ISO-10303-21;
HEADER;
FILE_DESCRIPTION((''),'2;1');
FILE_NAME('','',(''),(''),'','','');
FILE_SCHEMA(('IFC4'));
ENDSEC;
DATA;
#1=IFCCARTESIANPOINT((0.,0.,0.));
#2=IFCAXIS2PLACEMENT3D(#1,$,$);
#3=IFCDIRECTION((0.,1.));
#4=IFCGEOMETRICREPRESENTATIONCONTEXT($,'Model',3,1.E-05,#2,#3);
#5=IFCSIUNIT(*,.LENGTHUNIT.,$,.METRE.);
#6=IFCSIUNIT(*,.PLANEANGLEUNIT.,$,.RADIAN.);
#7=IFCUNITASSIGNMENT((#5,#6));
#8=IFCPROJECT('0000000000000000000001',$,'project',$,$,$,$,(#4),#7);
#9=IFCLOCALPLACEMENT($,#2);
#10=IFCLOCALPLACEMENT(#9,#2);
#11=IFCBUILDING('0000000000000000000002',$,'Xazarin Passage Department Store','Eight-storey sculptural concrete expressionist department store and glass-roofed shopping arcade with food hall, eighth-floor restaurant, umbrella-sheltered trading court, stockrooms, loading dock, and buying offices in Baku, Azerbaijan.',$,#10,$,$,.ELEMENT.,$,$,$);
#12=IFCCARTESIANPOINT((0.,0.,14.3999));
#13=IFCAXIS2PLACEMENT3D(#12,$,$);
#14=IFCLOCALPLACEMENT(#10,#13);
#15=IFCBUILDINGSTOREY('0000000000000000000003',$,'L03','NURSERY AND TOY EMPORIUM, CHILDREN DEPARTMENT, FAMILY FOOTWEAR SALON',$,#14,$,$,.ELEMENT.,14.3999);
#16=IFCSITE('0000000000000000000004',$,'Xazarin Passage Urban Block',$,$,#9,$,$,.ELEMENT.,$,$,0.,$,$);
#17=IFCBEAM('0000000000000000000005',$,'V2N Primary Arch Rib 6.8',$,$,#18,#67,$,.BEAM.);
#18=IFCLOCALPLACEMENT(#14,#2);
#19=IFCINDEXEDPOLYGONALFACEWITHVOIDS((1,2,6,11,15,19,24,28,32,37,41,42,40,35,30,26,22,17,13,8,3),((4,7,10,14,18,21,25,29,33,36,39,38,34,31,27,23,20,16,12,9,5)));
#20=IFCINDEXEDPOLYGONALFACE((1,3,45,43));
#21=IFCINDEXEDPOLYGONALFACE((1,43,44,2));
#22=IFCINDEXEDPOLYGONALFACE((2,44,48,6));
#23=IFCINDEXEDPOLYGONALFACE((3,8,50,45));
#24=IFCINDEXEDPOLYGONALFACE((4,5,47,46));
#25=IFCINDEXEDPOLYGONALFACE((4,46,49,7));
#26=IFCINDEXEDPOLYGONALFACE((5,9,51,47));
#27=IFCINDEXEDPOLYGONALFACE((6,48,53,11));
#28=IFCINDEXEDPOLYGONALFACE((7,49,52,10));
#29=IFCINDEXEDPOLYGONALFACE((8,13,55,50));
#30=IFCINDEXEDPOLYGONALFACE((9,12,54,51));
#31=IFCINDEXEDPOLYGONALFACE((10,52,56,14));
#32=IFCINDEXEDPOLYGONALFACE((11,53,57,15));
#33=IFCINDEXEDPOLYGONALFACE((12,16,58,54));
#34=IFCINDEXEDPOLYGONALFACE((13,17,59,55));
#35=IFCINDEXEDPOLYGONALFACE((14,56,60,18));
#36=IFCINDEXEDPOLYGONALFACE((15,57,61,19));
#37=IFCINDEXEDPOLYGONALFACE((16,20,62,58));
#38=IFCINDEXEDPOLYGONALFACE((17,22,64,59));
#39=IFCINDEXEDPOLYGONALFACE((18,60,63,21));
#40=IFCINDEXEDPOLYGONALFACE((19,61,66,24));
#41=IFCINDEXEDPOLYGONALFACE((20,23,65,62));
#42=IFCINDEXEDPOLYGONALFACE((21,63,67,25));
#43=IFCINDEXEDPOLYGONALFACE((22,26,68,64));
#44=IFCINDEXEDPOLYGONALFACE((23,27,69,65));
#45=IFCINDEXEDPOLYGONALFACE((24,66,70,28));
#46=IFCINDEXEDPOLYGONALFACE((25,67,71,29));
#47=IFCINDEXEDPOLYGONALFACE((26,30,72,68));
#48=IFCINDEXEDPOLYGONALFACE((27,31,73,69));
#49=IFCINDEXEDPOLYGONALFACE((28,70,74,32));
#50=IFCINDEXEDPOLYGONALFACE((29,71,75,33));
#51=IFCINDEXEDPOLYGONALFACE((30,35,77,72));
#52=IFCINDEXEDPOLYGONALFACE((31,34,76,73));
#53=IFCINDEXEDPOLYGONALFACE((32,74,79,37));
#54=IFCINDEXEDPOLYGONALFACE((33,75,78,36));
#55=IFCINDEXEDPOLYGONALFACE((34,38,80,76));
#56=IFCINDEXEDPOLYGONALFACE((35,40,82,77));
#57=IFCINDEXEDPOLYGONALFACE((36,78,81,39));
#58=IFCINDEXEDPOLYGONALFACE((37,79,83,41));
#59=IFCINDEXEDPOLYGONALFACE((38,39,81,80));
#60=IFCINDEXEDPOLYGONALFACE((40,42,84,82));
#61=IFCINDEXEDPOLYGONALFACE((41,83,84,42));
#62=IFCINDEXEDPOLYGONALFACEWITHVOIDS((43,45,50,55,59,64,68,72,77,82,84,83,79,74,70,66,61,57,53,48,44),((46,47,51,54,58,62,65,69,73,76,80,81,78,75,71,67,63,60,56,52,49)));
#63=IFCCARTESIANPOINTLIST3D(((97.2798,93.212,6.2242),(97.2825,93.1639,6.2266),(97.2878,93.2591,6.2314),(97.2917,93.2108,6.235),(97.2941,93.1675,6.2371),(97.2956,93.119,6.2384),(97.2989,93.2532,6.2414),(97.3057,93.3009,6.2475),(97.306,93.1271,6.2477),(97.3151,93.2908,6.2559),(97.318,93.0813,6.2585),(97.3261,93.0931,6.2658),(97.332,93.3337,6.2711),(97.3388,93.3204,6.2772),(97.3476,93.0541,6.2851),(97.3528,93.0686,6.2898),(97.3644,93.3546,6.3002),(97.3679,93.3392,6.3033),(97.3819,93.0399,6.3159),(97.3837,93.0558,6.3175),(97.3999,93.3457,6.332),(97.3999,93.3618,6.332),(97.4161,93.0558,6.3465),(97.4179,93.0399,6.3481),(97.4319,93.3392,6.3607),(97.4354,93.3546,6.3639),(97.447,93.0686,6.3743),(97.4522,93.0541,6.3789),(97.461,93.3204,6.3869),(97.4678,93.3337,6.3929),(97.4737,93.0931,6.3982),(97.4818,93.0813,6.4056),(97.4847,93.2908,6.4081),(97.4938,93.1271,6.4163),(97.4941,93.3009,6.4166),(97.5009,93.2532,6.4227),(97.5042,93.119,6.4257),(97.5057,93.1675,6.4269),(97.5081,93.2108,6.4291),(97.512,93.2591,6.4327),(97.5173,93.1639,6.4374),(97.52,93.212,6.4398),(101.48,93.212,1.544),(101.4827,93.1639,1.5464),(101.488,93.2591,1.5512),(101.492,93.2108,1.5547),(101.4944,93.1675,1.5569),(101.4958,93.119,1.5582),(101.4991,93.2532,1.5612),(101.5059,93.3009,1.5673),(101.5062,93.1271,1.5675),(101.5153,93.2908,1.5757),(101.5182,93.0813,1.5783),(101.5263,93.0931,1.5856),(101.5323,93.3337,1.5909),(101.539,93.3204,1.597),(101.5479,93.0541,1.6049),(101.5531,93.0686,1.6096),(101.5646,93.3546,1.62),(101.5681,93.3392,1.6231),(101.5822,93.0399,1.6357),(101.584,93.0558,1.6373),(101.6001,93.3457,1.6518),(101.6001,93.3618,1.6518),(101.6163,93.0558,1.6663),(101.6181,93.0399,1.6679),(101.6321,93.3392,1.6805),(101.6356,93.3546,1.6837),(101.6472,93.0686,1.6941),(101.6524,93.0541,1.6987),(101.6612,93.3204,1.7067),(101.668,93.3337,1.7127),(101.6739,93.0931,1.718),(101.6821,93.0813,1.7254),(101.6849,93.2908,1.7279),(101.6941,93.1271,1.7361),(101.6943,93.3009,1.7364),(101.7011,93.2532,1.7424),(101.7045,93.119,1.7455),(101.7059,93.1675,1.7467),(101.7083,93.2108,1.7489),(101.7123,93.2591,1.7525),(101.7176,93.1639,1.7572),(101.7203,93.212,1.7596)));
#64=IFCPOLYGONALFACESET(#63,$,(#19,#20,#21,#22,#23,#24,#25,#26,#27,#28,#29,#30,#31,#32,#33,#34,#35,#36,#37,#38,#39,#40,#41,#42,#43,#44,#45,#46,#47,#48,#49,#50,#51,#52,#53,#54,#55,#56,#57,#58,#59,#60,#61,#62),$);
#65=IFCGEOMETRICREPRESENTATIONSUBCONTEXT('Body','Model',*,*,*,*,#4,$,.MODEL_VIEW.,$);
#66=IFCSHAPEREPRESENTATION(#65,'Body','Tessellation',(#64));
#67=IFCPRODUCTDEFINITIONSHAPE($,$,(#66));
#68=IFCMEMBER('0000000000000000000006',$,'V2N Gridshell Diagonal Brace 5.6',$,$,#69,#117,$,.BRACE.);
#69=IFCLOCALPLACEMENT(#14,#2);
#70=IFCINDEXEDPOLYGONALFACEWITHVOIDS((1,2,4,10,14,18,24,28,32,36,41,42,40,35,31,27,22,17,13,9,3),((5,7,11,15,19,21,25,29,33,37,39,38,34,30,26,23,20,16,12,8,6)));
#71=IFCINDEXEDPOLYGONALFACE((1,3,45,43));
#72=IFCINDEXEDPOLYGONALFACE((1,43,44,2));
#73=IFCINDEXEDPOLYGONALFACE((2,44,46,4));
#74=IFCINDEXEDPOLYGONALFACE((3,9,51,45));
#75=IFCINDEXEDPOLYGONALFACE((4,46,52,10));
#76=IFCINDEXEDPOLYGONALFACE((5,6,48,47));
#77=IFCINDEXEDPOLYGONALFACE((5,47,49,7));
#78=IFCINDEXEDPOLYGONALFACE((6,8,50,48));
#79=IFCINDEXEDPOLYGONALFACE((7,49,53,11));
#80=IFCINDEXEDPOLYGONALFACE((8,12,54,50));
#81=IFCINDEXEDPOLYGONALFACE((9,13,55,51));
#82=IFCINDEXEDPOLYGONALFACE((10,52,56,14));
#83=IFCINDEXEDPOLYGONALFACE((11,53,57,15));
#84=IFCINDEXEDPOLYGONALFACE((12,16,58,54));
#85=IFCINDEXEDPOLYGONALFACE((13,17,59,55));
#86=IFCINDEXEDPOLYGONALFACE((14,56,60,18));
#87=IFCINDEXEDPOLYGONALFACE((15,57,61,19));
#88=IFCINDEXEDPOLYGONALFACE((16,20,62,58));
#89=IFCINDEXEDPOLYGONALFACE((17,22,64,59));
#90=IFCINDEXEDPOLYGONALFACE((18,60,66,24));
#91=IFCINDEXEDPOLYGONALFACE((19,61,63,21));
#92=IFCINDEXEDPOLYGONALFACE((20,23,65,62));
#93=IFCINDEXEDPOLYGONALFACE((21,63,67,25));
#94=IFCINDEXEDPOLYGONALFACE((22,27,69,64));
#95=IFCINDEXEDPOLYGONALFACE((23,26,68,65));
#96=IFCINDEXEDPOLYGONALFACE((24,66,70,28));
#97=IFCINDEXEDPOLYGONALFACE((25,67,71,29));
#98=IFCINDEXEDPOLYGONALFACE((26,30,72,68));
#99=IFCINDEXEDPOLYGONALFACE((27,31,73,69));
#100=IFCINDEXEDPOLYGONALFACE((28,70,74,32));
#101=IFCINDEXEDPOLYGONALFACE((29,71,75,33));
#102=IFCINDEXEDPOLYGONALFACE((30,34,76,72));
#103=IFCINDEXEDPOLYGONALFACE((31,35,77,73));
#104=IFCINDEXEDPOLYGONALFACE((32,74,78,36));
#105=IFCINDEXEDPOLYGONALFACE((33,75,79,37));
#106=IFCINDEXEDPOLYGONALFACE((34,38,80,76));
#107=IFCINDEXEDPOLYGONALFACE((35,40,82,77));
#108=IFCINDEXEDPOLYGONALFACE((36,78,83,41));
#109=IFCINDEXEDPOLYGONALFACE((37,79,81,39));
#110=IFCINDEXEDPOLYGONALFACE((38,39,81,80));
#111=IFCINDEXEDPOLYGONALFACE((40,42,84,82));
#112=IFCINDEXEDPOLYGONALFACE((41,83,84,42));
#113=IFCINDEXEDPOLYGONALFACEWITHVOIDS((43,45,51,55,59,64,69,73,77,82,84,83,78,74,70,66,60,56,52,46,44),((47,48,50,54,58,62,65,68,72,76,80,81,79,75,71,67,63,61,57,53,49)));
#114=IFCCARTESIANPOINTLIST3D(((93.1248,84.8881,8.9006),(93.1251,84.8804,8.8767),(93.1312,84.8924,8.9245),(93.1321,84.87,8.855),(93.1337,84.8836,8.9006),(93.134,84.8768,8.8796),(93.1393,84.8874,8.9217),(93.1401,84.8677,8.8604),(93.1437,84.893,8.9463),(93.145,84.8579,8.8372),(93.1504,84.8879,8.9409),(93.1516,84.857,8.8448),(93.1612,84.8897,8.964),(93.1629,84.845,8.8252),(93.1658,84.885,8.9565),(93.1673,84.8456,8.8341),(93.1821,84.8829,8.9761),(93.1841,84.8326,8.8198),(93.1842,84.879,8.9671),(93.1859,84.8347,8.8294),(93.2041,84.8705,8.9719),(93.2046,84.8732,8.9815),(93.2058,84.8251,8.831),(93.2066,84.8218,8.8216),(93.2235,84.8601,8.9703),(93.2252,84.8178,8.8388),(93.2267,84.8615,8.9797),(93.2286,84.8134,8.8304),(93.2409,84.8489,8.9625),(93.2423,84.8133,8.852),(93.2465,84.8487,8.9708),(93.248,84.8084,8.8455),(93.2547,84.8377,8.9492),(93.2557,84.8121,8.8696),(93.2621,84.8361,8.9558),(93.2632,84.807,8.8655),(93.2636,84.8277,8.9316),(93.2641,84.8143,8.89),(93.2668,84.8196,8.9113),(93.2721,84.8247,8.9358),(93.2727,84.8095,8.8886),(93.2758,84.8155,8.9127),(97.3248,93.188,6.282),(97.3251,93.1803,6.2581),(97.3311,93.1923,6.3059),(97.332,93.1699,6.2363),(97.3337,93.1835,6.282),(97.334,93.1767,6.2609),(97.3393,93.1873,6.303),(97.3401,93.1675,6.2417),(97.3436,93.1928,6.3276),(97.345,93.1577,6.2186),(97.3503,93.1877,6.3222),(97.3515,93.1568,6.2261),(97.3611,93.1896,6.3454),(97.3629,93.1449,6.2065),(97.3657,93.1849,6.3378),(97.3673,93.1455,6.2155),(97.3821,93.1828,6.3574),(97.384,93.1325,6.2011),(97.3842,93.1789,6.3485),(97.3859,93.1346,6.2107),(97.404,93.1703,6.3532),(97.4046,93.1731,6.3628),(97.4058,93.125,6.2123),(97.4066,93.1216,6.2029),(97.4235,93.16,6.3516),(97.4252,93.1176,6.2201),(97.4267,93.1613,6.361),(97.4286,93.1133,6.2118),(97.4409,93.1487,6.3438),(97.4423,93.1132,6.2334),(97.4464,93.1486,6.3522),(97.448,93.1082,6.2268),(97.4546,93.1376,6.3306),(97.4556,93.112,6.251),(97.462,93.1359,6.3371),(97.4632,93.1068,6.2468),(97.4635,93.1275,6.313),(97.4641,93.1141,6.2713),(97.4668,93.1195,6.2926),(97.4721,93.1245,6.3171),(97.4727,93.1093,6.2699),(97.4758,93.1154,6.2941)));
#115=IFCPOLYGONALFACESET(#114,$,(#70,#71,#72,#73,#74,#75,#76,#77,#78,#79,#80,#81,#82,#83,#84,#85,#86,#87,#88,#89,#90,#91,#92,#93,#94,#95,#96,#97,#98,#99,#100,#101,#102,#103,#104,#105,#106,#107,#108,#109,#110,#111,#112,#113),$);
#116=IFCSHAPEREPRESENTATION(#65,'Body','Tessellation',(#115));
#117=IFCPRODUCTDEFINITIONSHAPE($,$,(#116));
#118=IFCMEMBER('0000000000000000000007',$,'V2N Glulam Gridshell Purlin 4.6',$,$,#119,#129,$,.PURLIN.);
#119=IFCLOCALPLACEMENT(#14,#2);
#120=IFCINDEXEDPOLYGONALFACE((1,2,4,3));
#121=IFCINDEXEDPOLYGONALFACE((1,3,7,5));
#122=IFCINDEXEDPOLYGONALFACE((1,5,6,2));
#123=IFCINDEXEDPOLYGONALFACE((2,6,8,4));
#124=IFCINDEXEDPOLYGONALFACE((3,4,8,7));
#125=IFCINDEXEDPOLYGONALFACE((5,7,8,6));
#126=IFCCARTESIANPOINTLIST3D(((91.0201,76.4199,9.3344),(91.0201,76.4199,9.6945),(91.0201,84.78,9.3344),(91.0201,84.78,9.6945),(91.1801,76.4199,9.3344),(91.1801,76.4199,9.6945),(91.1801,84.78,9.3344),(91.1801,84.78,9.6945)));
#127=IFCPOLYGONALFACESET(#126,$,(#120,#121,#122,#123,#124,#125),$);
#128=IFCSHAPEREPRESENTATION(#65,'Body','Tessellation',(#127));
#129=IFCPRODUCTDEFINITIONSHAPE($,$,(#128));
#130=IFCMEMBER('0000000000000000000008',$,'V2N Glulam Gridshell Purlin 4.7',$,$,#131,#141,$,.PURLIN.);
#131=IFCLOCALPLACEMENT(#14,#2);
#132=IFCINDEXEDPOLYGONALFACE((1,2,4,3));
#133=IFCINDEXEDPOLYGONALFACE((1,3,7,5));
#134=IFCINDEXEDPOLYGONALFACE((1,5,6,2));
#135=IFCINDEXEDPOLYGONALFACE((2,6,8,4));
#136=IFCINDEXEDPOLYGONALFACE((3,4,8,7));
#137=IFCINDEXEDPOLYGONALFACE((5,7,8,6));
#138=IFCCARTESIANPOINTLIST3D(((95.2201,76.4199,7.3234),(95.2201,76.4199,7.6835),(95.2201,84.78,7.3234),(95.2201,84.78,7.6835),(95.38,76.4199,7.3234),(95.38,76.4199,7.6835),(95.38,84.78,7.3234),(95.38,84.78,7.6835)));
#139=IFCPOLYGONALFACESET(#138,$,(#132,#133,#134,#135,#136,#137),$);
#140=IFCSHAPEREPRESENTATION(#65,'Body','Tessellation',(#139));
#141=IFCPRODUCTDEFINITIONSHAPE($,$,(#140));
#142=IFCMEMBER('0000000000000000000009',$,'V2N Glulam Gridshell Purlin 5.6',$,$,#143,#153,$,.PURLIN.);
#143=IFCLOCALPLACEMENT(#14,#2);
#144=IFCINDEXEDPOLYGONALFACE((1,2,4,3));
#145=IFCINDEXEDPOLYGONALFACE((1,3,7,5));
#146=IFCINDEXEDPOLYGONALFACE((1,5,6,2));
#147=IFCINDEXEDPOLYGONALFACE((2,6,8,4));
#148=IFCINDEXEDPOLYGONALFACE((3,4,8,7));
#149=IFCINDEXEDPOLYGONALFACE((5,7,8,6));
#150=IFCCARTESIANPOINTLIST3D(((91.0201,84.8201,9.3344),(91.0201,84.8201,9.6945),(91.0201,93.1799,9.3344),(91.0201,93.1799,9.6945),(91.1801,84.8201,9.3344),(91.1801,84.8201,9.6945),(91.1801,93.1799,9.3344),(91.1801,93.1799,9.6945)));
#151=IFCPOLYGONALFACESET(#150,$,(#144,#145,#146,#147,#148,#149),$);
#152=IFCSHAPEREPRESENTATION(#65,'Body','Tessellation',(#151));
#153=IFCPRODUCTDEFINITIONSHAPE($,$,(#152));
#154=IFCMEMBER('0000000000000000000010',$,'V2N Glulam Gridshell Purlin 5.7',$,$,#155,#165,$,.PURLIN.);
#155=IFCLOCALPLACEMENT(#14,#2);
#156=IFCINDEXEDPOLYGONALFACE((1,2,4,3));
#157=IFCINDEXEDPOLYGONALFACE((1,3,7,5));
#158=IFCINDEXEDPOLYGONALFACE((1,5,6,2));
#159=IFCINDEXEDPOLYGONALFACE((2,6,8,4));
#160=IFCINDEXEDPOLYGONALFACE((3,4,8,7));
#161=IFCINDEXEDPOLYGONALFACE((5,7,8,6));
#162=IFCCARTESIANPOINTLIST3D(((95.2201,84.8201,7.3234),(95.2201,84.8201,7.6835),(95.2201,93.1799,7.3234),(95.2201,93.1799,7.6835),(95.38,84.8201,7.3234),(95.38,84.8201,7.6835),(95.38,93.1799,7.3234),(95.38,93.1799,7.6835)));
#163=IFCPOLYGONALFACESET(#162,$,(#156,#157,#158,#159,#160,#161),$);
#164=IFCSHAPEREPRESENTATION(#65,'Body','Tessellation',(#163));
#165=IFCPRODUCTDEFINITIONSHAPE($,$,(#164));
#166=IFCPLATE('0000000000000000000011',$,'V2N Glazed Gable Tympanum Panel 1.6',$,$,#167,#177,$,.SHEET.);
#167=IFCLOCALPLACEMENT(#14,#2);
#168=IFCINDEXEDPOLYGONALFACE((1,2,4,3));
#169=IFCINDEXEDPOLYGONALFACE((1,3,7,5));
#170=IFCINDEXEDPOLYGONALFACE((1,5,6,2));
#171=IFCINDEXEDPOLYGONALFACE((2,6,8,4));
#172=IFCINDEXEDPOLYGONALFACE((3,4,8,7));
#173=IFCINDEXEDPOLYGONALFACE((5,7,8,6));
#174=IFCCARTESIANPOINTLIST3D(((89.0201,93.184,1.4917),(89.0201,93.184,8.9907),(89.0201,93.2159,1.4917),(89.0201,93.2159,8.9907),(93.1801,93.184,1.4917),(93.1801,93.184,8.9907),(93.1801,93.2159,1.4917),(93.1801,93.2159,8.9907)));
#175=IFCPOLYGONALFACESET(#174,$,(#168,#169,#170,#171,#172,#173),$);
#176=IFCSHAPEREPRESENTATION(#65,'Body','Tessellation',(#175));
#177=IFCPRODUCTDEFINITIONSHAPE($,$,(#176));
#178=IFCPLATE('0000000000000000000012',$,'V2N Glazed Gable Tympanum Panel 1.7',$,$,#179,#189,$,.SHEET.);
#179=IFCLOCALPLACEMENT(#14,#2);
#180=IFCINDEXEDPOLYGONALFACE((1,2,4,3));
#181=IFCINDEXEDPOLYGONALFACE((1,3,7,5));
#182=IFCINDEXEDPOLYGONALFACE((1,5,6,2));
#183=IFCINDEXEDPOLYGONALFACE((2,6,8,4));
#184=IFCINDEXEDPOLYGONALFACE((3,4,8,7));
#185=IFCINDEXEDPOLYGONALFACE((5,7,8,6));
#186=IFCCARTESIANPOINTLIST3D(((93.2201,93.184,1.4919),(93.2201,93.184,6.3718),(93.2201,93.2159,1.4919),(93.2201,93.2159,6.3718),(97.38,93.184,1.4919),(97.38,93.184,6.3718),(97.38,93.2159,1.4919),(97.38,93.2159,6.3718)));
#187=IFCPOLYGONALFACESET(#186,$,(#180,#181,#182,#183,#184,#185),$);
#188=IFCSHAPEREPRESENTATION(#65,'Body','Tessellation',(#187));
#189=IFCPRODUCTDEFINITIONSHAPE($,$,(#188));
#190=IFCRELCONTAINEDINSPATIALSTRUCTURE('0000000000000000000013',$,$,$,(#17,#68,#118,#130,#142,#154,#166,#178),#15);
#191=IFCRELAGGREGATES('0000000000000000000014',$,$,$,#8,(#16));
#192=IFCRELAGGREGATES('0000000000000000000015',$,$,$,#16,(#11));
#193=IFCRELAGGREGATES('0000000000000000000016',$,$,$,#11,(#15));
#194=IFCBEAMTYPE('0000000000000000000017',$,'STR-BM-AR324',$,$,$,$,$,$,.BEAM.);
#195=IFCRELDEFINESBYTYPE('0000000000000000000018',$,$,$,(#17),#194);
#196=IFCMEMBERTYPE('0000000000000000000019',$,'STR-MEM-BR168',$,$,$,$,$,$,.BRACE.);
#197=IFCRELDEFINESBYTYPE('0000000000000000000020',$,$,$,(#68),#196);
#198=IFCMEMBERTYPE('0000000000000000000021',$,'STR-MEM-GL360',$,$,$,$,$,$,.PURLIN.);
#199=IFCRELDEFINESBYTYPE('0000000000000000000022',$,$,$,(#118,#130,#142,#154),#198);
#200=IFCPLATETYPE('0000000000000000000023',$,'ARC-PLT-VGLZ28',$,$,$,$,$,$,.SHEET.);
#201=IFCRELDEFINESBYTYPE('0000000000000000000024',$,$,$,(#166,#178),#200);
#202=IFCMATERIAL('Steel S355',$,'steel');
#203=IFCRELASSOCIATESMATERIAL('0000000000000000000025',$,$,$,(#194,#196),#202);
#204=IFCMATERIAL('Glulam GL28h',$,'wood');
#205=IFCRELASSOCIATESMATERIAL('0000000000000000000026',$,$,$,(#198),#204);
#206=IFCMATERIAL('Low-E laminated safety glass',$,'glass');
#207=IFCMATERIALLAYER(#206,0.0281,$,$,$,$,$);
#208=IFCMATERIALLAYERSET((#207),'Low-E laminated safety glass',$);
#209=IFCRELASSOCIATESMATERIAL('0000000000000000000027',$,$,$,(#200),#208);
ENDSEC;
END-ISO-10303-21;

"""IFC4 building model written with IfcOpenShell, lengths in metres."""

from ifc_helpers import new_model, si_unit, direction, frame, origin, origin_2d, place, context, subcontext, project, spatial, rectangle, hollow_circle, extrude, material, layer, layer_set, material_profile, profile_set, type_object, element, save


model = new_model("IFC4")

# Units and contexts
model_context = context("Model", 3, precision=1e-05, world=origin(), true_north=direction((0.0, 1.0)))
body_context = subcontext(model_context, "Body", "Model", "MODEL_VIEW")
ifc_project = project(units=[si_unit("LENGTHUNIT", "METRE"), si_unit("PLANEANGLEUNIT", "RADIAN")], contexts=[model_context])

# Site, building, storey
site_placement = place(None, origin())
site = spatial("IfcSite", under=ifc_project, at=site_placement, Name="Xazarin Passage Urban Block", CompositionType="ELEMENT", RefElevation=0.0)
building_placement = place(site_placement, origin())
building = spatial("IfcBuilding", under=site, at=building_placement, Name="Xazarin Passage Department Store", Description="Eight-storey sculptural concrete expressionist department store and glass-roofed shopping arcade with food hall, eighth-floor restaurant, umbrella-sheltered trading court, stockrooms, loading dock, and buying offices in Baku, Azerbaijan.", CompositionType="ELEMENT")
storey_placement = place(building_placement, frame((0.0, 0.0, 14.3999)))
storey = spatial("IfcBuildingStorey", under=building, at=storey_placement, Name="L03", Description="NURSERY AND TOY EMPORIUM, CHILDREN DEPARTMENT, FAMILY FOOTWEAR SALON", CompositionType="ELEMENT", Elevation=14.3999)

# Shared definitions
ifc_material_1 = material(Name="Steel S355", Category="steel")

# Beam
ifc_material_profile_1 = material_profile(ifc_material_1, hollow_circle(Radius=0.1619, WallThickness=0.0161, at=origin_2d()), Name="CHS 323.9x16")
ifc_profile_set_1 = profile_set([ifc_material_profile_1], Name="Steel S355")
beam_type = type_object("IfcBeamType", Name="STR-BM-AR324", PredefinedType="BEAM", material=ifc_profile_set_1)
beam_1_placement = place(storey_placement, frame((97.3999, 93.2, 6.332), z_axis=(0.667913, 0.0, -0.744239), x_axis=(0.0, 1.0, 0.0)))
element("IfcBeam", 1, at=beam_1_placement, inside=storey, type_object=beam_type, Name="V2N Primary Arch Rib 6.8", PredefinedType="BEAM", context=body_context, shape_type="SweptSolid", body=[
    extrude(hollow_circle(Radius=0.1619, WallThickness=0.0161, at=origin_2d()), origin(), (0.0, 0.0, 1.0), 6.2886),
])

# Members
ifc_material_profile_2 = material_profile(ifc_material_1, hollow_circle(Radius=0.0842, WallThickness=0.01, at=origin_2d()), Name="CHS 168.3x10")
ifc_profile_set_2 = profile_set([ifc_material_profile_2], Name="Steel S355")
member_type_1 = type_object("IfcMemberType", Name="STR-MEM-BR168", PredefinedType="BRACE", material=ifc_profile_set_2)
member_placement = place(storey_placement, frame((93.2, 84.8501, 8.9006), z_axis=(0.434619, 0.85888, -0.270983), x_axis=(-0.892265, 0.451513, 0.0)))
element("IfcMember", 2, at=member_placement, inside=storey, type_object=member_type_1, Name="V2N Gridshell Diagonal Brace 5.6", PredefinedType="BRACE", context=body_context, shape_type="SweptSolid", body=[
    extrude(hollow_circle(Radius=0.0842, WallThickness=0.01, at=origin_2d()), origin(), (0.0, 0.0, 1.0), 9.6636),
])
ifc_material_2 = material(Name="Glulam GL28h", Category="wood")
ifc_material_profile_3 = material_profile(ifc_material_2, rectangle(XDim=0.1599, YDim=0.3601, at=origin_2d()), Name="GL28h 160x360")
ifc_profile_set_3 = profile_set([ifc_material_profile_3], Name="Glulam GL28h")
member_type_2 = type_object("IfcMemberType", Name="STR-MEM-GL360", PredefinedType="PURLIN", material=ifc_profile_set_3)
for number, where, z_axis, x_axis, name in (
    (3, (91.1001, 76.4199, 9.5144), (0.0, 1.0, 0.0), (-1.0, 0.0, 0.0), "V2N Glulam Gridshell Purlin 4.6"),
    (4, (95.3, 76.4199, 7.5034), (0.0, 1.0, 0.0), (-1.0, 0.0, 0.0), "V2N Glulam Gridshell Purlin 4.7"),
):
    element("IfcMember", number, at=place(storey_placement, frame(where, z_axis=z_axis, x_axis=x_axis)), inside=storey, type_object=member_type_2, Name=name, PredefinedType="PURLIN", context=body_context, shape_type="SweptSolid", body=[
        extrude(rectangle(XDim=0.1599, YDim=0.3601, at=origin_2d()), origin(), (0.0, 0.0, 1.0), 8.3601),
    ])
for number, where, z_axis, x_axis, name in (
    (5, (91.1001, 84.8201, 9.5144), (0.0, 1.0, 0.0), (-1.0, 0.0, 0.0), "V2N Glulam Gridshell Purlin 5.6"),
    (6, (95.3, 84.8201, 7.5034), (0.0, 1.0, 0.0), (-1.0, 0.0, 0.0), "V2N Glulam Gridshell Purlin 5.7"),
):
    element("IfcMember", number, at=place(storey_placement, frame(where, z_axis=z_axis, x_axis=x_axis)), inside=storey, type_object=member_type_2, Name=name, PredefinedType="PURLIN", context=body_context, shape_type="SweptSolid", body=[
        extrude(rectangle(XDim=0.1599, YDim=0.3601, at=origin_2d()), origin(), (0.0, 0.0, 1.0), 8.3599),
    ])

# Plates
ifc_material_3 = material(Name="Low-E laminated safety glass", Category="glass")
ifc_layer_1 = layer(ifc_material_3, 0.0281)
ifc_layer_set_1 = layer_set([ifc_layer_1], Name="Low-E laminated safety glass")
plate_type_1 = type_object("IfcPlateType", Name="ARC-PLT-VGLZ28", PredefinedType="SHEET", material=ifc_layer_set_1)
plate_1_placement = place(storey_placement, frame((91.1001, 93.2, 1.4917), z_axis=(0.0, 0.0, 1.0), x_axis=(1.0, 0.0, 0.0)))
element("IfcPlate", 7, at=plate_1_placement, inside=storey, type_object=plate_type_1, Name="V2N Glazed Gable Tympanum Panel 1.6", PredefinedType="SHEET", context=body_context, shape_type="SweptSolid", body=[
    extrude(rectangle(XDim=4.1599, YDim=0.032, at=origin_2d()), origin(), (0.0, 0.0, 1.0), 7.499),
])
plate_2_placement = place(storey_placement, frame((95.3, 93.2, 1.4919), z_axis=(0.0, 0.0, 1.0), x_axis=(1.0, 0.0, 0.0)))
element("IfcPlate", 8, at=plate_2_placement, inside=storey, type_object=plate_type_1, Name="V2N Glazed Gable Tympanum Panel 1.7", PredefinedType="SHEET", context=body_context, shape_type="SweptSolid", body=[
    extrude(rectangle(XDim=4.1599, YDim=0.032, at=origin_2d()), origin(), (0.0, 0.0, 1.0), 4.8799),
])

save(model, "model.ifc")
